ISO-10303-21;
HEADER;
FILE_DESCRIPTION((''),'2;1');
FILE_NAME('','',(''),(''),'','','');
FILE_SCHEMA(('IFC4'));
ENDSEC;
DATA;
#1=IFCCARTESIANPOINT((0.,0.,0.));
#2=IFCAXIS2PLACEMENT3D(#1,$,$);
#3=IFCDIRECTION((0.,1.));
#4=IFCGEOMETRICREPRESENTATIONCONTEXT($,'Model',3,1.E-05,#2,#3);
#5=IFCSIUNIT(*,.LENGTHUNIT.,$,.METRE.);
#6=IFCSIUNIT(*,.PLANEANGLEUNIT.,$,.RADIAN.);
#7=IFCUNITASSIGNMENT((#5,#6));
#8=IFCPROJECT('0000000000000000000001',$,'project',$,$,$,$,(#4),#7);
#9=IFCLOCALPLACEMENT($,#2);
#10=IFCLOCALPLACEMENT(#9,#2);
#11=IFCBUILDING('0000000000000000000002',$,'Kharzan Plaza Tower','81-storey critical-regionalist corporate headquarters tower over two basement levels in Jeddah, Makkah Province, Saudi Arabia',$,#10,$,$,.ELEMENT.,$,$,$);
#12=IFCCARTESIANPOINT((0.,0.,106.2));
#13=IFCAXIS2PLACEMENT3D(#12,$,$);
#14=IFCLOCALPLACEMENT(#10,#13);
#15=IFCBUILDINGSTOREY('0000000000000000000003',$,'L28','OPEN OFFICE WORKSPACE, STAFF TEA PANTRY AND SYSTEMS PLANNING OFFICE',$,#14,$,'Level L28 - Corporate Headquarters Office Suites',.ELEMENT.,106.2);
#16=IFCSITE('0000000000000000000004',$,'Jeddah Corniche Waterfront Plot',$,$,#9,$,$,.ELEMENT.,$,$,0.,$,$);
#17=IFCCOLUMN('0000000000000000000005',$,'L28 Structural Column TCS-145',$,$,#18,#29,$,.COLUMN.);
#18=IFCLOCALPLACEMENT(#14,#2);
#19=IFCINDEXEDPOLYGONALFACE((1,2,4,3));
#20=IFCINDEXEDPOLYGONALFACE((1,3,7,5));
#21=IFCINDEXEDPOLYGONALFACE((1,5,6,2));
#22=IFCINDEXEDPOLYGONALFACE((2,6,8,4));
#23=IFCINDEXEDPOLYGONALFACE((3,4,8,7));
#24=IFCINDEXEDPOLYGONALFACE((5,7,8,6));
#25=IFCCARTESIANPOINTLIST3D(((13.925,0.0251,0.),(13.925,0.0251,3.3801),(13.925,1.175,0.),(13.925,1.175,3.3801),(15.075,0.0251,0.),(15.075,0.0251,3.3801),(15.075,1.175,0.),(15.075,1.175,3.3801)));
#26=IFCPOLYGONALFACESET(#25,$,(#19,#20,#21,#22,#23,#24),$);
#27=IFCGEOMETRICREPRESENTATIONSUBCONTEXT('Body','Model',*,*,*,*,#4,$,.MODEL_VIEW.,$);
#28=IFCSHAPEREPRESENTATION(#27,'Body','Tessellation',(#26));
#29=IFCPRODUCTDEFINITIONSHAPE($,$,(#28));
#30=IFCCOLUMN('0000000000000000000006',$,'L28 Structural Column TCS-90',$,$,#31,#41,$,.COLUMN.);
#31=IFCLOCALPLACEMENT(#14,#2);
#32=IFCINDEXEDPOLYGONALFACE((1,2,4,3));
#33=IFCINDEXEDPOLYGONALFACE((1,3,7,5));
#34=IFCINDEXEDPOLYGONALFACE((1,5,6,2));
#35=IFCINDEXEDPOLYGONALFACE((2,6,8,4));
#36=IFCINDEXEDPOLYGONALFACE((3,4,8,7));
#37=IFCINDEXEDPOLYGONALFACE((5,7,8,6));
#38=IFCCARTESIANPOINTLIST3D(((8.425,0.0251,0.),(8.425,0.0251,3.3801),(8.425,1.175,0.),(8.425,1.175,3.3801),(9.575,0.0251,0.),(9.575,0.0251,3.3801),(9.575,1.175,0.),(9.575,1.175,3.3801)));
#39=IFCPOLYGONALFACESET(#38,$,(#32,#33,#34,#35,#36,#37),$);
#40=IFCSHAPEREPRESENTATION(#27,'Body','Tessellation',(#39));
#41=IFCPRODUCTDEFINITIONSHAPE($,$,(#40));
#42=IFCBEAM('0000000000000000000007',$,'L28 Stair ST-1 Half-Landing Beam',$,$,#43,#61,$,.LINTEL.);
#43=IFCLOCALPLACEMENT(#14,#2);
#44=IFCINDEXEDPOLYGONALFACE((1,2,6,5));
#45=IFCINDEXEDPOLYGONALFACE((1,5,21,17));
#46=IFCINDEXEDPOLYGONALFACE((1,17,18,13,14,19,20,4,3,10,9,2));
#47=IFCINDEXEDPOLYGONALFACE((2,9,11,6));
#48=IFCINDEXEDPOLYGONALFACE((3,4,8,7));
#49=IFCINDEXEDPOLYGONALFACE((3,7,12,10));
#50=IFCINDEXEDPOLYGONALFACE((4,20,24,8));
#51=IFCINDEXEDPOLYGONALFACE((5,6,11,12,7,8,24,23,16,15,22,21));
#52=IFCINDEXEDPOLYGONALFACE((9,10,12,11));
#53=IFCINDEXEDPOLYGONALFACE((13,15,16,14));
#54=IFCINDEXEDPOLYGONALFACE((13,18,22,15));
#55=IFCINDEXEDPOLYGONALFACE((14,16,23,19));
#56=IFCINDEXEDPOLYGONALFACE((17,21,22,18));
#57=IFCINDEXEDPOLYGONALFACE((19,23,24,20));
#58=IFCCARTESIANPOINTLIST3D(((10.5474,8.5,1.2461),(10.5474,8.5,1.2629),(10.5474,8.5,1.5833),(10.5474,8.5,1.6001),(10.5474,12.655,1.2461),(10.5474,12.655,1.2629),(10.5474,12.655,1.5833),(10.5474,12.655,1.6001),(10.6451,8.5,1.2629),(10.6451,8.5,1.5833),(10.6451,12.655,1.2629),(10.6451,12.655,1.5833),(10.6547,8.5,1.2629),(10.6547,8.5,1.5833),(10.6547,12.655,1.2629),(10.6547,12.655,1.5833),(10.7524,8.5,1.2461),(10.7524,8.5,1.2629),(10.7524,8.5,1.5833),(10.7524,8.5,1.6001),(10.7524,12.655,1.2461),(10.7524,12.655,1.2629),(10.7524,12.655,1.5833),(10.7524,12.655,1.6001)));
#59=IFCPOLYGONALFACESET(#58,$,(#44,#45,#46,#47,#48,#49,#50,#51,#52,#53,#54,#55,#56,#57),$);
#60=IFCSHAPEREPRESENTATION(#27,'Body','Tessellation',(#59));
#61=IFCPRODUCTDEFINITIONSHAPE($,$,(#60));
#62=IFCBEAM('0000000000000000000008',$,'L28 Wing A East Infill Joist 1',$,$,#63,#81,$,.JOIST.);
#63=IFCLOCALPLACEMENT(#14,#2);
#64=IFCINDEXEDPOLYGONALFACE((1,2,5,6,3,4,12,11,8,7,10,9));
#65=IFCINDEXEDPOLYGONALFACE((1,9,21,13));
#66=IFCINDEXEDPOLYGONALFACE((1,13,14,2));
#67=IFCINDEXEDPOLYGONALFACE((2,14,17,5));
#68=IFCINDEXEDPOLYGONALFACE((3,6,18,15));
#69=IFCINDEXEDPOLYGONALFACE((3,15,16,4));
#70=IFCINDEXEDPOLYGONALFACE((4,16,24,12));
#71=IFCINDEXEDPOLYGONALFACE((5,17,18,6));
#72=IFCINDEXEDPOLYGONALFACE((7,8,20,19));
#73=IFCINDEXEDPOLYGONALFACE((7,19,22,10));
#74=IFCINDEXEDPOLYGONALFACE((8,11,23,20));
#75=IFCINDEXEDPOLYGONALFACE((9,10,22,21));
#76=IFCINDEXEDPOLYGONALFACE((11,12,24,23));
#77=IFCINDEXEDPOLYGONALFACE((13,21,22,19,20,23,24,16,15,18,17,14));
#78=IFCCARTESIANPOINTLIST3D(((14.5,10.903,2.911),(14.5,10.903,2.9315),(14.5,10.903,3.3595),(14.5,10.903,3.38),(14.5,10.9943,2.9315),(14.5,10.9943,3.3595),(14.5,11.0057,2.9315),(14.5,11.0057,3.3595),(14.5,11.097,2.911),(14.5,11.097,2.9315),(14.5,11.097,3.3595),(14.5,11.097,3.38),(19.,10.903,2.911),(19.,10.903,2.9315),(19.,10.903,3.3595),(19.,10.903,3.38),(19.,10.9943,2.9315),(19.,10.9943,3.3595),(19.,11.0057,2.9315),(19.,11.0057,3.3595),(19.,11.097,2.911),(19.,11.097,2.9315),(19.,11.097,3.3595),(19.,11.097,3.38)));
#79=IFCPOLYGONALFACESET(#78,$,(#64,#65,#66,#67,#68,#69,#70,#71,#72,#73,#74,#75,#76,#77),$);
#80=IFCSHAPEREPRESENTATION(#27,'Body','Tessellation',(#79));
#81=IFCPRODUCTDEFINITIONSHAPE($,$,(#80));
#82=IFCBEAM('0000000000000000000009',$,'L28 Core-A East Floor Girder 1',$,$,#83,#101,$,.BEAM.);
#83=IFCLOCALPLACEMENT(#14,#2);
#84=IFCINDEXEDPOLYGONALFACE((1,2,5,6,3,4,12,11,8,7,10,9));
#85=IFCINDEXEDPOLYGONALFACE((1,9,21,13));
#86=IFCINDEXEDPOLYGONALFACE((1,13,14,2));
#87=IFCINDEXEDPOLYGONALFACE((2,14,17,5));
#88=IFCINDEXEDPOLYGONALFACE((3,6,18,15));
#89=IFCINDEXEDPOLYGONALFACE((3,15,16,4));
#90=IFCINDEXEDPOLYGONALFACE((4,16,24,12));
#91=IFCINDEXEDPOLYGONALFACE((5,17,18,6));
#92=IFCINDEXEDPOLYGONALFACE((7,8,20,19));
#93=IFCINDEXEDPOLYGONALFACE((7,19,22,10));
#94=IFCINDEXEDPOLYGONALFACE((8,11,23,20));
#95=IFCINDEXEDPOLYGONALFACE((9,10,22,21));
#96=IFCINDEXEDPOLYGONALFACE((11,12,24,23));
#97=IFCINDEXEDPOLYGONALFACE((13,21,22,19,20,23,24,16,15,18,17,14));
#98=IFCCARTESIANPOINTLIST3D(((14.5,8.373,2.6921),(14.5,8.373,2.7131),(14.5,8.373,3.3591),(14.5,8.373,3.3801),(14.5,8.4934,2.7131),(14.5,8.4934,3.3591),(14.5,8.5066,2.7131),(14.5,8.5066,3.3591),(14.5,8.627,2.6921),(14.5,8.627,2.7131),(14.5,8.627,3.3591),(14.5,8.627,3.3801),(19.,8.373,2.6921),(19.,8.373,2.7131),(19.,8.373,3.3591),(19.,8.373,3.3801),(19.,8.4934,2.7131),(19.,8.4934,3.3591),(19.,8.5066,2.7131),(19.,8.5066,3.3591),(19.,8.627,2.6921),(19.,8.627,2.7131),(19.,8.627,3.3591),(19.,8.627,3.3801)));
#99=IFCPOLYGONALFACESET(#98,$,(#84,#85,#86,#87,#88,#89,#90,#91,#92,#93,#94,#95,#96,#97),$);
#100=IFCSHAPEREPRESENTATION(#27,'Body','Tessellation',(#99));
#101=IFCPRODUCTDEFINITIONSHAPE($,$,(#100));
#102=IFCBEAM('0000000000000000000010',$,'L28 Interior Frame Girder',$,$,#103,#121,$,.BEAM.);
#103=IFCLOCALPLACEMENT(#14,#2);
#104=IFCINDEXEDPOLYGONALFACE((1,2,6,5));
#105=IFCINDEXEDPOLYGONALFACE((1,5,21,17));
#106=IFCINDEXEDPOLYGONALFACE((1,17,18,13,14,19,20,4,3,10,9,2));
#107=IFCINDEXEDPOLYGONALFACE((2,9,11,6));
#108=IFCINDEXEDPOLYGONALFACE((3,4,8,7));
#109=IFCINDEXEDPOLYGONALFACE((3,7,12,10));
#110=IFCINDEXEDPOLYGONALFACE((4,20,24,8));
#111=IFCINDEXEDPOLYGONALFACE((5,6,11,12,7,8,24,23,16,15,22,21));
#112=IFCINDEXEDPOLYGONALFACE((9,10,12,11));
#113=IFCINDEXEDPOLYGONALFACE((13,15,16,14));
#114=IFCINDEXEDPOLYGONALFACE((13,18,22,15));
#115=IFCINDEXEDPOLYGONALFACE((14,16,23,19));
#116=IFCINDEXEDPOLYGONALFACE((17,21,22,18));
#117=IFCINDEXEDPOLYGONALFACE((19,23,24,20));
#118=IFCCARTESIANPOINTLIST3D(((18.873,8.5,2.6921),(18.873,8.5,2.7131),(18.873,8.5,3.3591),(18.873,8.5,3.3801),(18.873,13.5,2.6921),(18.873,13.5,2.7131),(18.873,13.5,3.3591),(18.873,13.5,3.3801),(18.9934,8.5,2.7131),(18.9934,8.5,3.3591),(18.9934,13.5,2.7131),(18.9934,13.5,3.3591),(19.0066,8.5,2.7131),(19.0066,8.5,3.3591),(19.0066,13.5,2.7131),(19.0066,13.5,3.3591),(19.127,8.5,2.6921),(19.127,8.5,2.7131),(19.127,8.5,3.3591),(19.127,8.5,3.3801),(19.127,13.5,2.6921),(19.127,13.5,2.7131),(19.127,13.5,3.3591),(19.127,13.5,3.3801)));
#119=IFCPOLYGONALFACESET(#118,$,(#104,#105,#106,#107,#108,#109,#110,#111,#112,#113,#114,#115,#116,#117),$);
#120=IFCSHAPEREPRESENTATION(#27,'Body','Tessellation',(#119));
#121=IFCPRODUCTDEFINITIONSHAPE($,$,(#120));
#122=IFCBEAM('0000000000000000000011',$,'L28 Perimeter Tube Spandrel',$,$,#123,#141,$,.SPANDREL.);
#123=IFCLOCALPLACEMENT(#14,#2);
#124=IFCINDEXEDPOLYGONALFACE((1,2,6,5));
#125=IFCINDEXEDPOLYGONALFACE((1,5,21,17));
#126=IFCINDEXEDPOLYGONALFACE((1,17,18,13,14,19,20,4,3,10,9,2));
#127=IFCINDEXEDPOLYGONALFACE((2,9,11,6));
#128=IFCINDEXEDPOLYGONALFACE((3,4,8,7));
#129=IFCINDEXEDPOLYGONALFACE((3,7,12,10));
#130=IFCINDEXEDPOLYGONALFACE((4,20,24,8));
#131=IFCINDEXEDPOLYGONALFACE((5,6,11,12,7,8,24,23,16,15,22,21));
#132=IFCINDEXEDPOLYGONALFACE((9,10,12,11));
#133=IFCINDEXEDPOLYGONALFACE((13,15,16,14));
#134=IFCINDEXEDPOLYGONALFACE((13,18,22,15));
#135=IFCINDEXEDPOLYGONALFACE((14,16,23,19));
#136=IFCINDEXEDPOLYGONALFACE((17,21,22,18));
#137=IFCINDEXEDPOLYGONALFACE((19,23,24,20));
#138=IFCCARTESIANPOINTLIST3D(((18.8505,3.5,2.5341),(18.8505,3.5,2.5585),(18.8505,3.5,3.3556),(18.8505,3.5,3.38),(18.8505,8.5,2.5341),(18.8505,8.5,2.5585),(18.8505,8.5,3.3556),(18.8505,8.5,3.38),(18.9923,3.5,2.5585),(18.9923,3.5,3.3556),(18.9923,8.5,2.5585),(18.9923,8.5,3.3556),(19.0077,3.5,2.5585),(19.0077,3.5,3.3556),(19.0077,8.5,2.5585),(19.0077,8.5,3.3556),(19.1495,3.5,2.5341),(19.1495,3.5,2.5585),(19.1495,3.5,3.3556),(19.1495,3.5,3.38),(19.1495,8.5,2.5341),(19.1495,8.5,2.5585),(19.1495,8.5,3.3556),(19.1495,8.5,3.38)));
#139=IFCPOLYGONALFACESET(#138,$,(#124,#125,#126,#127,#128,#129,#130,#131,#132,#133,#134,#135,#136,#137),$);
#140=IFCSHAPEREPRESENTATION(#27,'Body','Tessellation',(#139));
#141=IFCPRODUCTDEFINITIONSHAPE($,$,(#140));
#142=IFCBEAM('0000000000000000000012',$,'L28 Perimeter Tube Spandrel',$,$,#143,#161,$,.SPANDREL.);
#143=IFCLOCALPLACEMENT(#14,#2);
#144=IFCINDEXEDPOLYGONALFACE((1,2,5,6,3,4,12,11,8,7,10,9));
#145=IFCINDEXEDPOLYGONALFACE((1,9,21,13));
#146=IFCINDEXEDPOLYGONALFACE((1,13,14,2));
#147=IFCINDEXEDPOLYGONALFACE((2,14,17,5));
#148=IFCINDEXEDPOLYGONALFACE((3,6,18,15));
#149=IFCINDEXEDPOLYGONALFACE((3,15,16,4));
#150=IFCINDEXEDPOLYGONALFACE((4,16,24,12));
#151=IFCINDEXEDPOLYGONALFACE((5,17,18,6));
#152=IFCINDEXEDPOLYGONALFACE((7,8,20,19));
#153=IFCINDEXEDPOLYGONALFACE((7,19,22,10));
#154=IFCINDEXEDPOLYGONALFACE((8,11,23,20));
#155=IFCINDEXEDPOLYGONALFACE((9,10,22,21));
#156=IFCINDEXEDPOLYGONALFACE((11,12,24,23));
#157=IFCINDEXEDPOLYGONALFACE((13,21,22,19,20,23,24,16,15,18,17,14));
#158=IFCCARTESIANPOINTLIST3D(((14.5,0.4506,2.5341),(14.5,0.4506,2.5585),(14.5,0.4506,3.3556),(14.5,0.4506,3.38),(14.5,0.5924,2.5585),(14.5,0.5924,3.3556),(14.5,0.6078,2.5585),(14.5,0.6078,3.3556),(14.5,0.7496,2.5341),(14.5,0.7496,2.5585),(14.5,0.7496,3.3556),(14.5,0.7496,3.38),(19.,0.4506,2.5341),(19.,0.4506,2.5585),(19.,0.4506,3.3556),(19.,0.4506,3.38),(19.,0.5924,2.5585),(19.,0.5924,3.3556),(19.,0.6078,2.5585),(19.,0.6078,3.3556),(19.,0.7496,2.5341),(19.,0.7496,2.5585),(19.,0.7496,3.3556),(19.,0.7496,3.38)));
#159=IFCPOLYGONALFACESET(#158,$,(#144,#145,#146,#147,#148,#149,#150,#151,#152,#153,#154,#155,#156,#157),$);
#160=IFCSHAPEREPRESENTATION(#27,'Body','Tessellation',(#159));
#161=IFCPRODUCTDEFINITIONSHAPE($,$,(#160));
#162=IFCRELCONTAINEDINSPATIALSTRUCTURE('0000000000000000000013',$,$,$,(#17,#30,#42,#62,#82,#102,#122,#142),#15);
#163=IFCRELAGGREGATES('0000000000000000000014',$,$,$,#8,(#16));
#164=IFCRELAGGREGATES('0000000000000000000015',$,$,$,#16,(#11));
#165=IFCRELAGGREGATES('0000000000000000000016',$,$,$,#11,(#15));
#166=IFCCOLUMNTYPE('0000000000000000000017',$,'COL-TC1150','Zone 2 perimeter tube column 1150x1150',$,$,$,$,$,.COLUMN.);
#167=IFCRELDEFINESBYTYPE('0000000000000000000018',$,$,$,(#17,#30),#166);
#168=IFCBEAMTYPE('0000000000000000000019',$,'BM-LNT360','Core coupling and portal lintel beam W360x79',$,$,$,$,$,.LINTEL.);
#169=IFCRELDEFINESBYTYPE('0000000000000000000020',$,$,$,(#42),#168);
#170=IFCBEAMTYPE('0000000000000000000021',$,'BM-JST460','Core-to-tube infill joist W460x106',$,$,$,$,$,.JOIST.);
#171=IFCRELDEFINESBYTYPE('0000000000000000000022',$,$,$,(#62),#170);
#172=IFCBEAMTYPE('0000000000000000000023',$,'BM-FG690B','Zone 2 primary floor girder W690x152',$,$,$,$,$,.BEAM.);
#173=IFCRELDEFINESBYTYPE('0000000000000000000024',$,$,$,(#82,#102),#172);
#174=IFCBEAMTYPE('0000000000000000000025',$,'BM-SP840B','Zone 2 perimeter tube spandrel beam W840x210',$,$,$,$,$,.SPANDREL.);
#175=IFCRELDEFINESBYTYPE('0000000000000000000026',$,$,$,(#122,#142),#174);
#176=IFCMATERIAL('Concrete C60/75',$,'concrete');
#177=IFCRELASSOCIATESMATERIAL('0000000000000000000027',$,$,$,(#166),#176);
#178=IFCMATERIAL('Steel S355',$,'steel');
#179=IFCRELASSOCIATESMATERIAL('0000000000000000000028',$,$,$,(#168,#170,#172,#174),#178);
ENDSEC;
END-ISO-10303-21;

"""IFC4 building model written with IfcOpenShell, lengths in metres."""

from ifc_helpers import new_model, si_unit, direction, frame, origin, origin_2d, place, context, subcontext, project, spatial, rectangle, i_section, extrude, source, transform, mapped, material, material_profile, profile_set, type_object, element, save


model = new_model("IFC4")

# Units and contexts
model_context = context("Model", 3, precision=1e-05, world=origin(), true_north=direction((0.0, 1.0)))
body_context = subcontext(model_context, "Body", "Model", "MODEL_VIEW")
ifc_project = project(units=[si_unit("LENGTHUNIT", "METRE"), si_unit("PLANEANGLEUNIT", "RADIAN")], contexts=[model_context])

# Site, building, storey
site_placement = place(None, origin())
site = spatial("IfcSite", under=ifc_project, at=site_placement, Name="Jeddah Corniche Waterfront Plot", CompositionType="ELEMENT", RefElevation=0.0)
building_placement = place(site_placement, origin())
building = spatial("IfcBuilding", under=site, at=building_placement, Name="Kharzan Plaza Tower", Description="81-storey critical-regionalist corporate headquarters tower over two basement levels in Jeddah, Makkah Province, Saudi Arabia", CompositionType="ELEMENT")
storey_placement = place(building_placement, frame((0.0, 0.0, 106.2)))
storey = spatial("IfcBuildingStorey", under=building, at=storey_placement, Name="L28", Description="OPEN OFFICE WORKSPACE, STAFF TEA PANTRY AND SYSTEMS PLANNING OFFICE", LongName="Level L28 - Corporate Headquarters Office Suites", CompositionType="ELEMENT", Elevation=106.2)

# Columns
ifc_material_1 = material(Name="Concrete C60/75", Category="concrete")
ifc_material_profile_1 = material_profile(ifc_material_1, rectangle(XDim=1.1499, YDim=1.1499, at=origin_2d()), Name="RC-TC1150x1150")
ifc_profile_set_1 = profile_set([ifc_material_profile_1], Name="Concrete C60/75")
column_type = type_object("IfcColumnType", Name="COL-TC1150", Description="Zone 2 perimeter tube column 1150x1150", PredefinedType="COLUMN", material=ifc_profile_set_1)
shared_shape_1 = source(origin(), body_context, "Body", "SweptSolid", [
    extrude(rectangle(XDim=1.1499, YDim=1.1499, at=origin_2d()), origin(), (0.0, 0.0, 1.0), 3.3801),
])
for number, where, z_axis, x_axis, name in (
    (1, (14.5, 0.6001, 0.0), (0.0, 0.0, 1.0), (1.0, 0.0, 0.0), "L28 Structural Column TCS-145"),
    (2, (9.0, 0.6001, 0.0), (0.0, 0.0, 1.0), (1.0, 0.0, 0.0), "L28 Structural Column TCS-90"),
):
    element("IfcColumn", number, at=place(storey_placement, frame(where, z_axis=z_axis, x_axis=x_axis)), inside=storey, type_object=column_type, Name=name, PredefinedType="COLUMN", context=body_context, shape_type="MappedRepresentation", body=[
        mapped(shared_shape_1, transform((0.0, 0.0, 0.0), x_axis=(1.0, 0.0, 0.0), y_axis=(0.0, 1.0, 0.0), z_axis=(0.0, 0.0, 1.0))),
    ])

# Beams
ifc_material_2 = material(Name="Steel S355", Category="steel")
ifc_material_profile_2 = material_profile(ifc_material_2, i_section(OverallWidth=0.2051, OverallDepth=0.354, WebThickness=0.0095, FlangeThickness=0.0168, at=origin_2d()), Name="W360x79")
ifc_profile_set_2 = profile_set([ifc_material_profile_2], Name="Steel S355")
beam_type_1 = type_object("IfcBeamType", Name="BM-LNT360", Description="Core coupling and portal lintel beam W360x79", PredefinedType="LINTEL", material=ifc_profile_set_2)
shared_shape_2 = source(origin(), body_context, "Body", "SweptSolid", [
    extrude(i_section(OverallWidth=0.2051, OverallDepth=0.354, WebThickness=0.0095, FlangeThickness=0.0168, at=origin_2d()), origin(), (0.0, 0.0, 1.0), 4.155),
])
beam_1_placement = place(storey_placement, frame((10.6499, 8.5, 1.4231), z_axis=(0.0, 1.0, 0.0), x_axis=(-1.0, 0.0, 0.0)))
element("IfcBeam", 3, at=beam_1_placement, inside=storey, type_object=beam_type_1, Name="L28 Stair ST-1 Half-Landing Beam", PredefinedType="LINTEL", context=body_context, shape_type="MappedRepresentation", body=[
    mapped(shared_shape_2, transform((0.0, 0.0, 0.0), x_axis=(1.0, 0.0, 0.0), y_axis=(0.0, 1.0, 0.0), z_axis=(0.0, 0.0, 1.0))),
])
ifc_material_profile_3 = material_profile(ifc_material_2, i_section(OverallWidth=0.1941, OverallDepth=0.469, WebThickness=0.0115, FlangeThickness=0.0205, at=origin_2d()), Name="W460x106")
ifc_profile_set_3 = profile_set([ifc_material_profile_3], Name="Steel S355")
beam_type_2 = type_object("IfcBeamType", Name="BM-JST460", Description="Core-to-tube infill joist W460x106", PredefinedType="JOIST", material=ifc_profile_set_3)
shared_shape_3 = source(origin(), body_context, "Body", "SweptSolid", [
    extrude(i_section(OverallWidth=0.1941, OverallDepth=0.469, WebThickness=0.0115, FlangeThickness=0.0205, at=origin_2d()), origin(), (0.0, 0.0, 1.0), 4.5),
])
beam_2_placement = place(storey_placement, frame((14.5, 11.0, 3.1455), z_axis=(1.0, 0.0, 0.0), x_axis=(0.0, 1.0, 0.0)))
element("IfcBeam", 4, at=beam_2_placement, inside=storey, type_object=beam_type_2, Name="L28 Wing A East Infill Joist 1", PredefinedType="JOIST", context=body_context, shape_type="MappedRepresentation", body=[
    mapped(shared_shape_3, transform((0.0, 0.0, 0.0), x_axis=(1.0, 0.0, 0.0), y_axis=(0.0, 1.0, 0.0), z_axis=(0.0, 0.0, 1.0))),
])
ifc_material_profile_4 = material_profile(ifc_material_2, i_section(OverallWidth=0.2539, OverallDepth=0.688, WebThickness=0.0132, FlangeThickness=0.021, at=origin_2d()), Name="W690x152")
ifc_profile_set_4 = profile_set([ifc_material_profile_4], Name="Steel S355")
beam_type_3 = type_object("IfcBeamType", Name="BM-FG690B", Description="Zone 2 primary floor girder W690x152", PredefinedType="BEAM", material=ifc_profile_set_4)
shared_shape_4 = source(origin(), body_context, "Body", "SweptSolid", [
    extrude(i_section(OverallWidth=0.2539, OverallDepth=0.688, WebThickness=0.0132, FlangeThickness=0.021, at=origin_2d()), origin(), (0.0, 0.0, 1.0), 4.5),
])
beam_3_placement = place(storey_placement, frame((14.5, 8.5, 3.0361), z_axis=(1.0, 0.0, 0.0), x_axis=(0.0, 1.0, 0.0)))
element("IfcBeam", 5, at=beam_3_placement, inside=storey, type_object=beam_type_3, Name="L28 Core-A East Floor Girder 1", PredefinedType="BEAM", context=body_context, shape_type="MappedRepresentation", body=[
    mapped(shared_shape_4, transform((0.0, 0.0, 0.0), x_axis=(1.0, 0.0, 0.0), y_axis=(0.0, 1.0, 0.0), z_axis=(0.0, 0.0, 1.0))),
])
shared_shape_5 = source(origin(), body_context, "Body", "SweptSolid", [
    extrude(i_section(OverallWidth=0.2539, OverallDepth=0.688, WebThickness=0.0132, FlangeThickness=0.021, at=origin_2d()), origin(), (0.0, 0.0, 1.0), 5.0),
])
beam_4_placement = place(storey_placement, frame((19.0, 8.5, 3.0361), z_axis=(0.0, 1.0, 0.0), x_axis=(-1.0, 0.0, 0.0)))
element("IfcBeam", 6, at=beam_4_placement, inside=storey, type_object=beam_type_3, Name="L28 Interior Frame Girder", PredefinedType="BEAM", context=body_context, shape_type="MappedRepresentation", body=[
    mapped(shared_shape_5, transform((0.0, 0.0, 0.0), x_axis=(1.0, 0.0, 0.0), y_axis=(0.0, 1.0, 0.0), z_axis=(0.0, 0.0, 1.0))),
])
ifc_material_profile_5 = material_profile(ifc_material_2, i_section(OverallWidth=0.2991, OverallDepth=0.8459, WebThickness=0.0154, FlangeThickness=0.0244, at=origin_2d()), Name="W840x210")
ifc_profile_set_5 = profile_set([ifc_material_profile_5], Name="Steel S355")
beam_type_4 = type_object("IfcBeamType", Name="BM-SP840B", Description="Zone 2 perimeter tube spandrel beam W840x210", PredefinedType="SPANDREL", material=ifc_profile_set_5)
shared_shape_6 = source(origin(), body_context, "Body", "SweptSolid", [
    extrude(i_section(OverallWidth=0.2991, OverallDepth=0.8459, WebThickness=0.0154, FlangeThickness=0.0244, at=origin_2d()), origin(), (0.0, 0.0, 1.0), 5.0),
])
beam_5_placement = place(storey_placement, frame((19.0, 3.5, 2.957), z_axis=(0.0, 1.0, 0.0), x_axis=(-1.0, 0.0, 0.0)))
element("IfcBeam", 7, at=beam_5_placement, inside=storey, type_object=beam_type_4, Name="L28 Perimeter Tube Spandrel", PredefinedType="SPANDREL", context=body_context, shape_type="MappedRepresentation", body=[
    mapped(shared_shape_6, transform((0.0, 0.0, 0.0), x_axis=(1.0, 0.0, 0.0), y_axis=(0.0, 1.0, 0.0), z_axis=(0.0, 0.0, 1.0))),
])
shared_shape_7 = source(origin(), body_context, "Body", "SweptSolid", [
    extrude(i_section(OverallWidth=0.2991, OverallDepth=0.8459, WebThickness=0.0154, FlangeThickness=0.0244, at=origin_2d()), origin(), (0.0, 0.0, 1.0), 4.5),
])
beam_6_placement = place(storey_placement, frame((14.5, 0.6001, 2.957), z_axis=(1.0, 0.0, 0.0), x_axis=(0.0, 1.0, 0.0)))
element("IfcBeam", 8, at=beam_6_placement, inside=storey, type_object=beam_type_4, Name="L28 Perimeter Tube Spandrel", PredefinedType="SPANDREL", context=body_context, shape_type="MappedRepresentation", body=[
    mapped(shared_shape_7, transform((0.0, 0.0, 0.0), x_axis=(1.0, 0.0, 0.0), y_axis=(0.0, 1.0, 0.0), z_axis=(0.0, 0.0, 1.0))),
])

save(model, "model.ifc")
